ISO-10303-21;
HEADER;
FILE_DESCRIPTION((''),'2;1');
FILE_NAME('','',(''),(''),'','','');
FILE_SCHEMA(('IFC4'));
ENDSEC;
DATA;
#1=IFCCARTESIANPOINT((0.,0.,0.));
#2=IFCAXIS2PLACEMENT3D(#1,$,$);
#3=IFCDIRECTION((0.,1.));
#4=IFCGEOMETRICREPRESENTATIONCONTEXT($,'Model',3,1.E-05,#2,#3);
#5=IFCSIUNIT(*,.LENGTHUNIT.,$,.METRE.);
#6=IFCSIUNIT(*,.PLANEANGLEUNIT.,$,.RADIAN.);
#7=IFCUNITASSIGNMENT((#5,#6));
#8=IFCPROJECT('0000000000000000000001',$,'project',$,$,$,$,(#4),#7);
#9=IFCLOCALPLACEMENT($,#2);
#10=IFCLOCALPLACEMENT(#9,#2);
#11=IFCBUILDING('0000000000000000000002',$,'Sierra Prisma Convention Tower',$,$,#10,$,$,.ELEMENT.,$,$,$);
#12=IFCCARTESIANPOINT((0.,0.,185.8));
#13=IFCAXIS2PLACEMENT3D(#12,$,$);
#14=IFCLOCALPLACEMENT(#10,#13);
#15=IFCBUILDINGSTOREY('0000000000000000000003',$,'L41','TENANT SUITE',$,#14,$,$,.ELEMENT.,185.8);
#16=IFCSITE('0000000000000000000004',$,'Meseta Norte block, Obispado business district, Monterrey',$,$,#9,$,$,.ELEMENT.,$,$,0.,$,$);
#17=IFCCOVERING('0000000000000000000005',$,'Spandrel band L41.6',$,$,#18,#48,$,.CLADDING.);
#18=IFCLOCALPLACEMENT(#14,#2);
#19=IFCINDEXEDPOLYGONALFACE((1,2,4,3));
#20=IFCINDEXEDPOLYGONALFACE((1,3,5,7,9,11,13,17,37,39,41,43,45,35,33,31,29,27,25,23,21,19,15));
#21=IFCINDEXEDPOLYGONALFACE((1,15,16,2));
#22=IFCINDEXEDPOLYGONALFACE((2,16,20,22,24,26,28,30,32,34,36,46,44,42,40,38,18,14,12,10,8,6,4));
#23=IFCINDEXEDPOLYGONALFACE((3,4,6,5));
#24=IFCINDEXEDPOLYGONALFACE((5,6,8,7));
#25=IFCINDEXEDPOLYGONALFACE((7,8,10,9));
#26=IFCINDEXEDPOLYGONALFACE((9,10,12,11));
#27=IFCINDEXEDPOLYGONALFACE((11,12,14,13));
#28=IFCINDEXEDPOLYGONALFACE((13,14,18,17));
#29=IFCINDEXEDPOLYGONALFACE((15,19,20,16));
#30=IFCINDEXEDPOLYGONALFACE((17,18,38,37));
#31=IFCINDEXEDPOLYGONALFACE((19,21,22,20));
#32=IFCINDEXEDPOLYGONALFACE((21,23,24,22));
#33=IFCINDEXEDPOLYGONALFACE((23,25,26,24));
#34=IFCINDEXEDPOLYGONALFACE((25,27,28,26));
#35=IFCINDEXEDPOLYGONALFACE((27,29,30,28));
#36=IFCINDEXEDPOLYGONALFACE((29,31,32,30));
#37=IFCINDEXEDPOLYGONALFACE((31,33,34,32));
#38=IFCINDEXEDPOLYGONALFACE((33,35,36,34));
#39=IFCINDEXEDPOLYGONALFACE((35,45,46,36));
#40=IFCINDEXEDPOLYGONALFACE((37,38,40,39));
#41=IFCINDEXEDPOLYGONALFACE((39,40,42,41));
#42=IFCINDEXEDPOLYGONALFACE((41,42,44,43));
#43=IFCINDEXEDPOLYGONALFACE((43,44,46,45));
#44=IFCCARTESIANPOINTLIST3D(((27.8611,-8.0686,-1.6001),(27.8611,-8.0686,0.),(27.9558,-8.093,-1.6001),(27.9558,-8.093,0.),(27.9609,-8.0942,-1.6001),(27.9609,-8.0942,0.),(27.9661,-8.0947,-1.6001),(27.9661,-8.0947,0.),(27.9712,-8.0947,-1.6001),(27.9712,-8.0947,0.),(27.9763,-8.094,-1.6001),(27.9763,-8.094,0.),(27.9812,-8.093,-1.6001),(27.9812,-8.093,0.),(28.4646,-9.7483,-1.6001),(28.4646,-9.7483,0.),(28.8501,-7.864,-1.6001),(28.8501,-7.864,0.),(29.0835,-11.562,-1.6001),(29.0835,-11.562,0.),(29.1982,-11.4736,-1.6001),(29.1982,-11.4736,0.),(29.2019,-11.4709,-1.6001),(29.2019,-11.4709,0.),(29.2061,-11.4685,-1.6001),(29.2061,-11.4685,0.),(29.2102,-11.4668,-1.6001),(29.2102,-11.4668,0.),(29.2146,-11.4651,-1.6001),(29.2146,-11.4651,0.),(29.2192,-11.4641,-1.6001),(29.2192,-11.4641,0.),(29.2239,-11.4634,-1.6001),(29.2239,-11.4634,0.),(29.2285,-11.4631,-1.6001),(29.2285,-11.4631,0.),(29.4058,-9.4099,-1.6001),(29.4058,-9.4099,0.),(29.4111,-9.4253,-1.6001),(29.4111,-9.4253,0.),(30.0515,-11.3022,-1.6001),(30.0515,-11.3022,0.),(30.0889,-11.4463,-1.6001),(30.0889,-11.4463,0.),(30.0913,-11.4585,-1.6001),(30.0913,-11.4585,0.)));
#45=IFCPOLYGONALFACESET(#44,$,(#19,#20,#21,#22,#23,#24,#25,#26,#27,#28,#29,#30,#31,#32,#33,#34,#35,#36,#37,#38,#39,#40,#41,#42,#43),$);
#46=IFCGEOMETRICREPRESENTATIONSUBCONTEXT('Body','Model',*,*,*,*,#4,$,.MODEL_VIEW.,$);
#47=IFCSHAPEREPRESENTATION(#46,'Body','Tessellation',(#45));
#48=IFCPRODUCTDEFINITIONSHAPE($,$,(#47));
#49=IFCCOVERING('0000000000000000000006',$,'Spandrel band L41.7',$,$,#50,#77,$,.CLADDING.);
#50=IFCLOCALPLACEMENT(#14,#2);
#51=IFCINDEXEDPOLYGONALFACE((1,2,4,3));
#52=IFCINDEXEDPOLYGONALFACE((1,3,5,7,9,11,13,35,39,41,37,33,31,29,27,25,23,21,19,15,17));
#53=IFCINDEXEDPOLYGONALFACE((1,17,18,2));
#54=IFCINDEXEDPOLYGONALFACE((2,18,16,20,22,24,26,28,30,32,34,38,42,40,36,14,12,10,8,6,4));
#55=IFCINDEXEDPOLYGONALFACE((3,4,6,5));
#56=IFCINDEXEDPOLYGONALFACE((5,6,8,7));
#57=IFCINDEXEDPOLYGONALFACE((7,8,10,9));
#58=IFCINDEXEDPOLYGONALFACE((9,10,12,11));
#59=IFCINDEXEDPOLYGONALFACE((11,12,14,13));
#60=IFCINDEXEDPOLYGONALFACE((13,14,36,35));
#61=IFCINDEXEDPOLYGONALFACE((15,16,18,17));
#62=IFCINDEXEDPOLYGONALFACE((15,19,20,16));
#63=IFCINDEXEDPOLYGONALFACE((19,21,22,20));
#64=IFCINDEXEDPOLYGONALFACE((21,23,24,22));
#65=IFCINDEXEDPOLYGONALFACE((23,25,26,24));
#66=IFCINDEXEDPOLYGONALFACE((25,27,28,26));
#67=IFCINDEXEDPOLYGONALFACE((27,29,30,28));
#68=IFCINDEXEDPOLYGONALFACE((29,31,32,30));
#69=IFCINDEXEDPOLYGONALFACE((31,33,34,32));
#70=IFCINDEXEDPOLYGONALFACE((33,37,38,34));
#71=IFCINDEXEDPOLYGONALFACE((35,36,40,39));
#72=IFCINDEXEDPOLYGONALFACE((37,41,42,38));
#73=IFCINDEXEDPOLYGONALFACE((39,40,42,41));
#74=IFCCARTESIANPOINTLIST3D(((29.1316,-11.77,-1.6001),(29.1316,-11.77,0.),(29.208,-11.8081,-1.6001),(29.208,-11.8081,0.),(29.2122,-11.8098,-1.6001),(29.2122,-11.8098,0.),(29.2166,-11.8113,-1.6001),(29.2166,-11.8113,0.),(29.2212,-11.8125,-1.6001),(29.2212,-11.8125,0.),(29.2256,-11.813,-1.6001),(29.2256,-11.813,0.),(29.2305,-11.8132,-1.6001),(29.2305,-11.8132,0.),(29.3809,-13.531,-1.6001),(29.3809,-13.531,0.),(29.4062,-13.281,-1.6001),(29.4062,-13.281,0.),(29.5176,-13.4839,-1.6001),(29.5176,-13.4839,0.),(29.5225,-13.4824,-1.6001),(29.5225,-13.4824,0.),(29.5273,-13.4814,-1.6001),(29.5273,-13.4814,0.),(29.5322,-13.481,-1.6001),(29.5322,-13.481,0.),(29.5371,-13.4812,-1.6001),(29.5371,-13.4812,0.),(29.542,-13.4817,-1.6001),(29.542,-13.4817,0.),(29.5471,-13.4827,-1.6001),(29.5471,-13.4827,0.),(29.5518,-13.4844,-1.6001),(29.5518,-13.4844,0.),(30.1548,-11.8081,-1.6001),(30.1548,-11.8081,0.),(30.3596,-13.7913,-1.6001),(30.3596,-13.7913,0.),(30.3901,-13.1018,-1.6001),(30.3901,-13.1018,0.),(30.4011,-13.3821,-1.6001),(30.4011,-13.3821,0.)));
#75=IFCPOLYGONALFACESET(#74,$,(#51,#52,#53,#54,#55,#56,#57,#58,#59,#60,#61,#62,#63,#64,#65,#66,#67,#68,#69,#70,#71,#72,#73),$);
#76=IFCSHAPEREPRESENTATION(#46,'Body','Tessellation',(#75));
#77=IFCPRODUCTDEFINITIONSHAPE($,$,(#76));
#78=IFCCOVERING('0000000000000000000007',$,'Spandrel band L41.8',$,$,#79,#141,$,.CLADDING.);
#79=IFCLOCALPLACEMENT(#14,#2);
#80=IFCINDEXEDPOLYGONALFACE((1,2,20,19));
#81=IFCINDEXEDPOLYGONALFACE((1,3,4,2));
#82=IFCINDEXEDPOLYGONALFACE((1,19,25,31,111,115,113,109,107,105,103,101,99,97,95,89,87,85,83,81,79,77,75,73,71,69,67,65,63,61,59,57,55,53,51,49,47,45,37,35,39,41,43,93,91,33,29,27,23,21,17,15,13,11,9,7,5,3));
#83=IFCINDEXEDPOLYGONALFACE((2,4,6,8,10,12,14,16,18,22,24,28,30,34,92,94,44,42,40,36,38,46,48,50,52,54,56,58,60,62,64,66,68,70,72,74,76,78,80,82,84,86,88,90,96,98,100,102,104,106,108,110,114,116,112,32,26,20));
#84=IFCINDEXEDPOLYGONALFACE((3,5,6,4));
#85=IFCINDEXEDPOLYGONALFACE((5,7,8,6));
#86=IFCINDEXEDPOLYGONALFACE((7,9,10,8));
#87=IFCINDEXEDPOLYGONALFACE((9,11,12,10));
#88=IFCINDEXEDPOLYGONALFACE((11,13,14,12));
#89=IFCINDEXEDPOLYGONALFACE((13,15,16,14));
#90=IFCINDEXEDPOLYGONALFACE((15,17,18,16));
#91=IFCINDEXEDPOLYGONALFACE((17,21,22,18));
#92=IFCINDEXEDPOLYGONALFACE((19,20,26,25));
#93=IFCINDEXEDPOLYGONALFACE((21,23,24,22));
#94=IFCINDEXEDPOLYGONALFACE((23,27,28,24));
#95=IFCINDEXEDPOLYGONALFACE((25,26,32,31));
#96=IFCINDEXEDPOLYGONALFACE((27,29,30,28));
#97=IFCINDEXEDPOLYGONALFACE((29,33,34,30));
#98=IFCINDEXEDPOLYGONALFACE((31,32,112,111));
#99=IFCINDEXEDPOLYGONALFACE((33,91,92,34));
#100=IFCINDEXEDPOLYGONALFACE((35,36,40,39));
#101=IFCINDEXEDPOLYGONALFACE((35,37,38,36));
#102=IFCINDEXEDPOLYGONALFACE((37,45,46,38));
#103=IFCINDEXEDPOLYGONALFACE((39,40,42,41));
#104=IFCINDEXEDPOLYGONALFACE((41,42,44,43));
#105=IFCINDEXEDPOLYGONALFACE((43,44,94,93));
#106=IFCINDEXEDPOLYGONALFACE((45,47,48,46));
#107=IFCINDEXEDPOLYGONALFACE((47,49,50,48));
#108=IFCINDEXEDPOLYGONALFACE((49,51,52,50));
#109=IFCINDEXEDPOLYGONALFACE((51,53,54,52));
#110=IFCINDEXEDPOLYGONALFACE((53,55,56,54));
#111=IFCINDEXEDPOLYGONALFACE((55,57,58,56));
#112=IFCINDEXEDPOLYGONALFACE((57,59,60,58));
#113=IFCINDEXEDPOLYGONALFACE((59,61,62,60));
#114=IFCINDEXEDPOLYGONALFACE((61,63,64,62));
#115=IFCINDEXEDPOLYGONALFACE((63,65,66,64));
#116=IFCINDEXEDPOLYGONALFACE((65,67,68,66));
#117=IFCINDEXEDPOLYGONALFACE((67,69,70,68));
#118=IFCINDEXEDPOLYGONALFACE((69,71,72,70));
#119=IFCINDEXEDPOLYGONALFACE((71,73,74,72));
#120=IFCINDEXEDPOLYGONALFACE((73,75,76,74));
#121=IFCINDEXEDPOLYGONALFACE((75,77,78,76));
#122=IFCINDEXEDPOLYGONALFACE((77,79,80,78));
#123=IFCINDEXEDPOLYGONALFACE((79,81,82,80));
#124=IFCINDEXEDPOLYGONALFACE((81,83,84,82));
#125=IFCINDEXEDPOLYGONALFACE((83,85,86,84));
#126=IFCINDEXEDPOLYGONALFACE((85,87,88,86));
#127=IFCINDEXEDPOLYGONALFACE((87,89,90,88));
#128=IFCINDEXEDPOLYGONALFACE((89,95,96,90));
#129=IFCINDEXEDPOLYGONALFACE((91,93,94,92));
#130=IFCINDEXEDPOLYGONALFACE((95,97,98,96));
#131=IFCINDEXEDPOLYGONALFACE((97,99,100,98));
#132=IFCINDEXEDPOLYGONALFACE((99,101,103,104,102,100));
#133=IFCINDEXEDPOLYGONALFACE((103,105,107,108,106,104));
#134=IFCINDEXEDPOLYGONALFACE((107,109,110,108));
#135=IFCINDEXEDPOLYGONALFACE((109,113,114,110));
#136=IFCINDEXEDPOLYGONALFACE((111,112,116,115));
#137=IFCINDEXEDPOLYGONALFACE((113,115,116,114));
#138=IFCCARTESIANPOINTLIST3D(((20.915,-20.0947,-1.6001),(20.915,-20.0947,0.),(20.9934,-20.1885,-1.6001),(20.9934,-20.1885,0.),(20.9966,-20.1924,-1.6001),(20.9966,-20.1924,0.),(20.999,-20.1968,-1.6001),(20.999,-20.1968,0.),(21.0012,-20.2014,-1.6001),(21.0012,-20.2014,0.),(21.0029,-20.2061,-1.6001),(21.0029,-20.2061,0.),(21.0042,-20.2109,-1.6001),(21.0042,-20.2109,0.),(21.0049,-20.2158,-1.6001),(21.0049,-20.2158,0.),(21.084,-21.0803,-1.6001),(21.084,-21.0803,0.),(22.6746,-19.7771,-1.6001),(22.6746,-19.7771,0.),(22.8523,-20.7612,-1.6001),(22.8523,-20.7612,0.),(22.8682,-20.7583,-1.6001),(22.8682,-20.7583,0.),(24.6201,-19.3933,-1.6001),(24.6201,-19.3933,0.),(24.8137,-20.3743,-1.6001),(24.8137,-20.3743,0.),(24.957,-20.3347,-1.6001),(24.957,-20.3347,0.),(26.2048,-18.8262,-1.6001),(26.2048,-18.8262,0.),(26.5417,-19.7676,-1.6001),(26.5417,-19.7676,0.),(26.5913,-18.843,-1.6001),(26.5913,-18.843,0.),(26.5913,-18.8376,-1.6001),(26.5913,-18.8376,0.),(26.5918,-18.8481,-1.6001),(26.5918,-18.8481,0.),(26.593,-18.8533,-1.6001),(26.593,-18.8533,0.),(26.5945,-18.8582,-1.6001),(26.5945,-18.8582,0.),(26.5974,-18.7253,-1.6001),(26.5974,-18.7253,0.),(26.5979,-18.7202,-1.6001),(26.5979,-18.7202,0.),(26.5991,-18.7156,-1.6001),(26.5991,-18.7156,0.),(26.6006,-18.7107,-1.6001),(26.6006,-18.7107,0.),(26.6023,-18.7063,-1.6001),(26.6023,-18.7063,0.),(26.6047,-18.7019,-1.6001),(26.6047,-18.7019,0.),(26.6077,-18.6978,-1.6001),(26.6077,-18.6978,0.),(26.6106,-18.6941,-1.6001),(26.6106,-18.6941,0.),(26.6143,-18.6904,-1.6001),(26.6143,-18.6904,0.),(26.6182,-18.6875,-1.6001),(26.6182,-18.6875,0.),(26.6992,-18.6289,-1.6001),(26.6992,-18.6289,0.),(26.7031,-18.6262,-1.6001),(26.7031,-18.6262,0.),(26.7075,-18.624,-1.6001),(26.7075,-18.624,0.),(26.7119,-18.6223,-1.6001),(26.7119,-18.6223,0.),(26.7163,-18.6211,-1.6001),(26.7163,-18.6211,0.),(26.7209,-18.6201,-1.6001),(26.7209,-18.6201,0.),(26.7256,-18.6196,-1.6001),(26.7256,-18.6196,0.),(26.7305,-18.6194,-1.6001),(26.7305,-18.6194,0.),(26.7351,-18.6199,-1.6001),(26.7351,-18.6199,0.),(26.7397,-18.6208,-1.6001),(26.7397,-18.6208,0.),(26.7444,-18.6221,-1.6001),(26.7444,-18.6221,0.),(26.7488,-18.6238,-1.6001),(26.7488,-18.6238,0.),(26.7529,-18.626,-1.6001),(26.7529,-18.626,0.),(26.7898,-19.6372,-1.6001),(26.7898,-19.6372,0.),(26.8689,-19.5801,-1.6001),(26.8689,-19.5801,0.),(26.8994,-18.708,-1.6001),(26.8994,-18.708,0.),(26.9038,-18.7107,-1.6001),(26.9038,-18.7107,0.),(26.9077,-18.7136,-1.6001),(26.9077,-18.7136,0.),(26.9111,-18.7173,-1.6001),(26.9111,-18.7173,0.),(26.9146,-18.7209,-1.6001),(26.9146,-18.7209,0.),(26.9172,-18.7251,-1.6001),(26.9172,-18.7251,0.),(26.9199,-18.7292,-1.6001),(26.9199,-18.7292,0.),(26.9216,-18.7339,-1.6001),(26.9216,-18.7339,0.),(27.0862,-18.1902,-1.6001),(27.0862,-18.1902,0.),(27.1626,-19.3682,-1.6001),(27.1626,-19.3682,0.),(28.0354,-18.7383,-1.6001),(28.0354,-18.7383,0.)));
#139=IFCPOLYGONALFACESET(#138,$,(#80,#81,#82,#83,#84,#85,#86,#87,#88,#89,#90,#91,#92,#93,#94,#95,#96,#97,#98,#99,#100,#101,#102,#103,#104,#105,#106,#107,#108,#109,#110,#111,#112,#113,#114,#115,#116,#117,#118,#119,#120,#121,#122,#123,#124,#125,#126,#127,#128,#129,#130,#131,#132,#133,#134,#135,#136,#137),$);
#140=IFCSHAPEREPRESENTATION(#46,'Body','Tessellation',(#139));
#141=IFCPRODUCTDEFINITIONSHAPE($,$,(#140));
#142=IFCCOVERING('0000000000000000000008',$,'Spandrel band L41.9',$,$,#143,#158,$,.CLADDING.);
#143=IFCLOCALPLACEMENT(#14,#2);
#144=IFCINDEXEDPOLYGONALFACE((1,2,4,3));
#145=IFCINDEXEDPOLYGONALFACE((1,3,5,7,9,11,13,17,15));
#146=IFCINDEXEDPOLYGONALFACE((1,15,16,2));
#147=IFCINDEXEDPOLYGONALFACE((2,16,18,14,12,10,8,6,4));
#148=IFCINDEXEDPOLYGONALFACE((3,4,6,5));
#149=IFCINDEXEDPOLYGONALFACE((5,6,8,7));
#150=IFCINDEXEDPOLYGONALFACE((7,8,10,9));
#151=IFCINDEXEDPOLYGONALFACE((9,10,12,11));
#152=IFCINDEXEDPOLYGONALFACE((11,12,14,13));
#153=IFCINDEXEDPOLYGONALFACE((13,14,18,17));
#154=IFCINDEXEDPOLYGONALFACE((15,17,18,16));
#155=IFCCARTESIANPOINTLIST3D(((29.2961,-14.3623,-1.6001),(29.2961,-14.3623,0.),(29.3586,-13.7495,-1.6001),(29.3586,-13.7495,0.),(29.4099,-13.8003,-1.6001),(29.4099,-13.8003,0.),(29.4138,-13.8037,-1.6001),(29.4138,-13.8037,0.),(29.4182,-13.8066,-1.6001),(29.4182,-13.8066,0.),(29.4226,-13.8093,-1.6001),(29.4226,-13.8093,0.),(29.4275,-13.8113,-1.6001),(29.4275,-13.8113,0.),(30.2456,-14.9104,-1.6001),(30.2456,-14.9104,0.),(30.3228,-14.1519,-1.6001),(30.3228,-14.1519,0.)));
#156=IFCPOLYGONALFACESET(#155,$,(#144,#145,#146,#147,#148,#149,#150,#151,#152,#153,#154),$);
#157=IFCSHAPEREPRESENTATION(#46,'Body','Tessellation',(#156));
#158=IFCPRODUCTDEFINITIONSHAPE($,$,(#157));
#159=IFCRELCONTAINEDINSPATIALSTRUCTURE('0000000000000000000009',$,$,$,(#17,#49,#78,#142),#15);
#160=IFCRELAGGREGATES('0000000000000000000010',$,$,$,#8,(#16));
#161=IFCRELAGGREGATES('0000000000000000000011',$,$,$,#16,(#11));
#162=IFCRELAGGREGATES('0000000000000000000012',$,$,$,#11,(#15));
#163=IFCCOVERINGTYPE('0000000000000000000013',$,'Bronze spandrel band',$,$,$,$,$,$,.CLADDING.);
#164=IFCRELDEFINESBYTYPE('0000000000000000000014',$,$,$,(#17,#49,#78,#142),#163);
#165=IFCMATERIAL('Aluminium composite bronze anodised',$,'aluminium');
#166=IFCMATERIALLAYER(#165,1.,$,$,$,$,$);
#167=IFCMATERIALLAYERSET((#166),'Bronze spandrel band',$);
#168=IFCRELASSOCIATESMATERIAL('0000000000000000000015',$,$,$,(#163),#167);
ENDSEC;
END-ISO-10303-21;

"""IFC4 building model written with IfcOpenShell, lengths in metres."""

from ifc_helpers import new_model, si_unit, direction, frame, origin, place, context, subcontext, project, spatial, polyline, outline, extrude, material, layer, layer_set, type_object, element, save


model = new_model("IFC4")

# Units and contexts
model_context = context("Model", 3, precision=1e-05, world=origin(), true_north=direction((0.0, 1.0)))
body_context = subcontext(model_context, "Body", "Model", "MODEL_VIEW")
ifc_project = project(units=[si_unit("LENGTHUNIT", "METRE"), si_unit("PLANEANGLEUNIT", "RADIAN")], contexts=[model_context])

# Site, building, storey
site_placement = place(None, origin())
site = spatial("IfcSite", under=ifc_project, at=site_placement, Name="Meseta Norte block, Obispado business district, Monterrey", CompositionType="ELEMENT", RefElevation=0.0)
building_placement = place(site_placement, origin())
building = spatial("IfcBuilding", under=site, at=building_placement, Name="Sierra Prisma Convention Tower", CompositionType="ELEMENT")
storey_placement = place(building_placement, frame((0.0, 0.0, 185.8)))
storey = spatial("IfcBuildingStorey", under=building, at=storey_placement, Name="L41", Description="TENANT SUITE", CompositionType="ELEMENT", Elevation=185.8)

# Coverings
ifc_material_1 = material(Name="Aluminium composite bronze anodised", Category="aluminium")
ifc_layer_1 = layer(ifc_material_1, 1.0)
ifc_layer_set_1 = layer_set([ifc_layer_1], Name="Bronze spandrel band")
covering_type_1 = type_object("IfcCoveringType", Name="Bronze spandrel band", PredefinedType="CLADDING", material=ifc_layer_set_1)
covering_1_placement = place(storey_placement, frame((0.0, 0.0, -1.6001)))
element("IfcCovering", 1, at=covering_1_placement, inside=storey, type_object=covering_type_1, Name="Spandrel band L41.6", PredefinedType="CLADDING", context=body_context, shape_type="SweptSolid", body=[
    extrude(outline(polyline([(29.2146, -11.4651), (29.2102, -11.4668), (29.2061, -11.4685), (29.2019, -11.4709), (29.1982, -11.4736), (29.0835, -11.562), (28.4646, -9.7483), (27.8611, -8.0686), (27.9558, -8.093), (27.9609, -8.0942), (27.9661, -8.0947), (27.9712, -8.0947), (27.9763, -8.094), (27.9812, -8.093), (28.8501, -7.864), (29.4058, -9.4099), (29.4111, -9.4253), (30.0515, -11.3022), (30.0889, -11.4463), (30.0913, -11.4585), (29.2285, -11.4631), (29.2239, -11.4634), (29.2192, -11.4641), (29.2146, -11.4651)])), origin(), (0.0, 0.0, 1.0), 1.6001),
])
covering_2_placement = place(storey_placement, frame((0.0, 0.0, -1.6001)))
element("IfcCovering", 2, at=covering_2_placement, inside=storey, type_object=covering_type_1, Name="Spandrel band L41.7", PredefinedType="CLADDING", context=body_context, shape_type="SweptSolid", body=[
    extrude(outline(polyline([(29.5225, -13.4824), (29.5176, -13.4839), (29.3809, -13.531), (29.4062, -13.281), (29.1316, -11.77), (29.208, -11.8081), (29.2122, -11.8098), (29.2166, -11.8113), (29.2212, -11.8125), (29.2256, -11.813), (29.2305, -11.8132), (30.1548, -11.8081), (30.3901, -13.1018), (30.4011, -13.3821), (30.3596, -13.7913), (29.5518, -13.4844), (29.5471, -13.4827), (29.542, -13.4817), (29.5371, -13.4812), (29.5322, -13.481), (29.5273, -13.4814), (29.5225, -13.4824)])), origin(), (0.0, 0.0, 1.0), 1.6001),
])
covering_3_placement = place(storey_placement, frame((0.0, 0.0, -1.6001)))
element("IfcCovering", 3, at=covering_3_placement, inside=storey, type_object=covering_type_1, Name="Spandrel band L41.8", PredefinedType="CLADDING", context=body_context, shape_type="SweptSolid", body=[
    extrude(outline(polyline([(26.9172, -18.7251), (26.9146, -18.7209), (26.9111, -18.7173), (26.9077, -18.7136), (26.9038, -18.7107), (26.8994, -18.708), (26.7529, -18.626), (26.7488, -18.6238), (26.7444, -18.6221), (26.7397, -18.6208), (26.7351, -18.6199), (26.7305, -18.6194), (26.7256, -18.6196), (26.7209, -18.6201), (26.7163, -18.6211), (26.7119, -18.6223), (26.7075, -18.624), (26.7031, -18.6262), (26.6992, -18.6289), (26.6182, -18.6875), (26.6143, -18.6904), (26.6106, -18.6941), (26.6077, -18.6978), (26.6047, -18.7019), (26.6023, -18.7063), (26.6006, -18.7107), (26.5991, -18.7156), (26.5979, -18.7202), (26.5974, -18.7253), (26.5913, -18.8376), (26.5913, -18.843), (26.5918, -18.8481), (26.593, -18.8533), (26.5945, -18.8582), (26.8689, -19.5801), (26.7898, -19.6372), (26.5417, -19.7676), (24.957, -20.3347), (24.8137, -20.3743), (22.8682, -20.7583), (22.8523, -20.7612), (21.084, -21.0803), (21.0049, -20.2158), (21.0042, -20.2109), (21.0029, -20.2061), (21.0012, -20.2014), (20.999, -20.1968), (20.9966, -20.1924), (20.9934, -20.1885), (20.915, -20.0947), (22.6746, -19.7771), (24.6201, -19.3933), (26.2048, -18.8262), (27.0862, -18.1902), (28.0354, -18.7383), (27.1626, -19.3682), (26.9216, -18.7339), (26.9199, -18.7292), (26.9172, -18.7251)])), origin(), (0.0, 0.0, 1.0), 1.6001),
])
covering_4_placement = place(storey_placement, frame((0.0, 0.0, -1.6001)))
element("IfcCovering", 4, at=covering_4_placement, inside=storey, type_object=covering_type_1, Name="Spandrel band L41.9", PredefinedType="CLADDING", context=body_context, shape_type="SweptSolid", body=[
    extrude(outline(polyline([(29.4182, -13.8066), (29.4226, -13.8093), (29.4275, -13.8113), (30.3228, -14.1519), (30.2456, -14.9104), (29.2961, -14.3623), (29.3586, -13.7495), (29.4099, -13.8003), (29.4138, -13.8037), (29.4182, -13.8066)])), origin(), (0.0, 0.0, 1.0), 1.6001),
])

save(model, "model.ifc")
